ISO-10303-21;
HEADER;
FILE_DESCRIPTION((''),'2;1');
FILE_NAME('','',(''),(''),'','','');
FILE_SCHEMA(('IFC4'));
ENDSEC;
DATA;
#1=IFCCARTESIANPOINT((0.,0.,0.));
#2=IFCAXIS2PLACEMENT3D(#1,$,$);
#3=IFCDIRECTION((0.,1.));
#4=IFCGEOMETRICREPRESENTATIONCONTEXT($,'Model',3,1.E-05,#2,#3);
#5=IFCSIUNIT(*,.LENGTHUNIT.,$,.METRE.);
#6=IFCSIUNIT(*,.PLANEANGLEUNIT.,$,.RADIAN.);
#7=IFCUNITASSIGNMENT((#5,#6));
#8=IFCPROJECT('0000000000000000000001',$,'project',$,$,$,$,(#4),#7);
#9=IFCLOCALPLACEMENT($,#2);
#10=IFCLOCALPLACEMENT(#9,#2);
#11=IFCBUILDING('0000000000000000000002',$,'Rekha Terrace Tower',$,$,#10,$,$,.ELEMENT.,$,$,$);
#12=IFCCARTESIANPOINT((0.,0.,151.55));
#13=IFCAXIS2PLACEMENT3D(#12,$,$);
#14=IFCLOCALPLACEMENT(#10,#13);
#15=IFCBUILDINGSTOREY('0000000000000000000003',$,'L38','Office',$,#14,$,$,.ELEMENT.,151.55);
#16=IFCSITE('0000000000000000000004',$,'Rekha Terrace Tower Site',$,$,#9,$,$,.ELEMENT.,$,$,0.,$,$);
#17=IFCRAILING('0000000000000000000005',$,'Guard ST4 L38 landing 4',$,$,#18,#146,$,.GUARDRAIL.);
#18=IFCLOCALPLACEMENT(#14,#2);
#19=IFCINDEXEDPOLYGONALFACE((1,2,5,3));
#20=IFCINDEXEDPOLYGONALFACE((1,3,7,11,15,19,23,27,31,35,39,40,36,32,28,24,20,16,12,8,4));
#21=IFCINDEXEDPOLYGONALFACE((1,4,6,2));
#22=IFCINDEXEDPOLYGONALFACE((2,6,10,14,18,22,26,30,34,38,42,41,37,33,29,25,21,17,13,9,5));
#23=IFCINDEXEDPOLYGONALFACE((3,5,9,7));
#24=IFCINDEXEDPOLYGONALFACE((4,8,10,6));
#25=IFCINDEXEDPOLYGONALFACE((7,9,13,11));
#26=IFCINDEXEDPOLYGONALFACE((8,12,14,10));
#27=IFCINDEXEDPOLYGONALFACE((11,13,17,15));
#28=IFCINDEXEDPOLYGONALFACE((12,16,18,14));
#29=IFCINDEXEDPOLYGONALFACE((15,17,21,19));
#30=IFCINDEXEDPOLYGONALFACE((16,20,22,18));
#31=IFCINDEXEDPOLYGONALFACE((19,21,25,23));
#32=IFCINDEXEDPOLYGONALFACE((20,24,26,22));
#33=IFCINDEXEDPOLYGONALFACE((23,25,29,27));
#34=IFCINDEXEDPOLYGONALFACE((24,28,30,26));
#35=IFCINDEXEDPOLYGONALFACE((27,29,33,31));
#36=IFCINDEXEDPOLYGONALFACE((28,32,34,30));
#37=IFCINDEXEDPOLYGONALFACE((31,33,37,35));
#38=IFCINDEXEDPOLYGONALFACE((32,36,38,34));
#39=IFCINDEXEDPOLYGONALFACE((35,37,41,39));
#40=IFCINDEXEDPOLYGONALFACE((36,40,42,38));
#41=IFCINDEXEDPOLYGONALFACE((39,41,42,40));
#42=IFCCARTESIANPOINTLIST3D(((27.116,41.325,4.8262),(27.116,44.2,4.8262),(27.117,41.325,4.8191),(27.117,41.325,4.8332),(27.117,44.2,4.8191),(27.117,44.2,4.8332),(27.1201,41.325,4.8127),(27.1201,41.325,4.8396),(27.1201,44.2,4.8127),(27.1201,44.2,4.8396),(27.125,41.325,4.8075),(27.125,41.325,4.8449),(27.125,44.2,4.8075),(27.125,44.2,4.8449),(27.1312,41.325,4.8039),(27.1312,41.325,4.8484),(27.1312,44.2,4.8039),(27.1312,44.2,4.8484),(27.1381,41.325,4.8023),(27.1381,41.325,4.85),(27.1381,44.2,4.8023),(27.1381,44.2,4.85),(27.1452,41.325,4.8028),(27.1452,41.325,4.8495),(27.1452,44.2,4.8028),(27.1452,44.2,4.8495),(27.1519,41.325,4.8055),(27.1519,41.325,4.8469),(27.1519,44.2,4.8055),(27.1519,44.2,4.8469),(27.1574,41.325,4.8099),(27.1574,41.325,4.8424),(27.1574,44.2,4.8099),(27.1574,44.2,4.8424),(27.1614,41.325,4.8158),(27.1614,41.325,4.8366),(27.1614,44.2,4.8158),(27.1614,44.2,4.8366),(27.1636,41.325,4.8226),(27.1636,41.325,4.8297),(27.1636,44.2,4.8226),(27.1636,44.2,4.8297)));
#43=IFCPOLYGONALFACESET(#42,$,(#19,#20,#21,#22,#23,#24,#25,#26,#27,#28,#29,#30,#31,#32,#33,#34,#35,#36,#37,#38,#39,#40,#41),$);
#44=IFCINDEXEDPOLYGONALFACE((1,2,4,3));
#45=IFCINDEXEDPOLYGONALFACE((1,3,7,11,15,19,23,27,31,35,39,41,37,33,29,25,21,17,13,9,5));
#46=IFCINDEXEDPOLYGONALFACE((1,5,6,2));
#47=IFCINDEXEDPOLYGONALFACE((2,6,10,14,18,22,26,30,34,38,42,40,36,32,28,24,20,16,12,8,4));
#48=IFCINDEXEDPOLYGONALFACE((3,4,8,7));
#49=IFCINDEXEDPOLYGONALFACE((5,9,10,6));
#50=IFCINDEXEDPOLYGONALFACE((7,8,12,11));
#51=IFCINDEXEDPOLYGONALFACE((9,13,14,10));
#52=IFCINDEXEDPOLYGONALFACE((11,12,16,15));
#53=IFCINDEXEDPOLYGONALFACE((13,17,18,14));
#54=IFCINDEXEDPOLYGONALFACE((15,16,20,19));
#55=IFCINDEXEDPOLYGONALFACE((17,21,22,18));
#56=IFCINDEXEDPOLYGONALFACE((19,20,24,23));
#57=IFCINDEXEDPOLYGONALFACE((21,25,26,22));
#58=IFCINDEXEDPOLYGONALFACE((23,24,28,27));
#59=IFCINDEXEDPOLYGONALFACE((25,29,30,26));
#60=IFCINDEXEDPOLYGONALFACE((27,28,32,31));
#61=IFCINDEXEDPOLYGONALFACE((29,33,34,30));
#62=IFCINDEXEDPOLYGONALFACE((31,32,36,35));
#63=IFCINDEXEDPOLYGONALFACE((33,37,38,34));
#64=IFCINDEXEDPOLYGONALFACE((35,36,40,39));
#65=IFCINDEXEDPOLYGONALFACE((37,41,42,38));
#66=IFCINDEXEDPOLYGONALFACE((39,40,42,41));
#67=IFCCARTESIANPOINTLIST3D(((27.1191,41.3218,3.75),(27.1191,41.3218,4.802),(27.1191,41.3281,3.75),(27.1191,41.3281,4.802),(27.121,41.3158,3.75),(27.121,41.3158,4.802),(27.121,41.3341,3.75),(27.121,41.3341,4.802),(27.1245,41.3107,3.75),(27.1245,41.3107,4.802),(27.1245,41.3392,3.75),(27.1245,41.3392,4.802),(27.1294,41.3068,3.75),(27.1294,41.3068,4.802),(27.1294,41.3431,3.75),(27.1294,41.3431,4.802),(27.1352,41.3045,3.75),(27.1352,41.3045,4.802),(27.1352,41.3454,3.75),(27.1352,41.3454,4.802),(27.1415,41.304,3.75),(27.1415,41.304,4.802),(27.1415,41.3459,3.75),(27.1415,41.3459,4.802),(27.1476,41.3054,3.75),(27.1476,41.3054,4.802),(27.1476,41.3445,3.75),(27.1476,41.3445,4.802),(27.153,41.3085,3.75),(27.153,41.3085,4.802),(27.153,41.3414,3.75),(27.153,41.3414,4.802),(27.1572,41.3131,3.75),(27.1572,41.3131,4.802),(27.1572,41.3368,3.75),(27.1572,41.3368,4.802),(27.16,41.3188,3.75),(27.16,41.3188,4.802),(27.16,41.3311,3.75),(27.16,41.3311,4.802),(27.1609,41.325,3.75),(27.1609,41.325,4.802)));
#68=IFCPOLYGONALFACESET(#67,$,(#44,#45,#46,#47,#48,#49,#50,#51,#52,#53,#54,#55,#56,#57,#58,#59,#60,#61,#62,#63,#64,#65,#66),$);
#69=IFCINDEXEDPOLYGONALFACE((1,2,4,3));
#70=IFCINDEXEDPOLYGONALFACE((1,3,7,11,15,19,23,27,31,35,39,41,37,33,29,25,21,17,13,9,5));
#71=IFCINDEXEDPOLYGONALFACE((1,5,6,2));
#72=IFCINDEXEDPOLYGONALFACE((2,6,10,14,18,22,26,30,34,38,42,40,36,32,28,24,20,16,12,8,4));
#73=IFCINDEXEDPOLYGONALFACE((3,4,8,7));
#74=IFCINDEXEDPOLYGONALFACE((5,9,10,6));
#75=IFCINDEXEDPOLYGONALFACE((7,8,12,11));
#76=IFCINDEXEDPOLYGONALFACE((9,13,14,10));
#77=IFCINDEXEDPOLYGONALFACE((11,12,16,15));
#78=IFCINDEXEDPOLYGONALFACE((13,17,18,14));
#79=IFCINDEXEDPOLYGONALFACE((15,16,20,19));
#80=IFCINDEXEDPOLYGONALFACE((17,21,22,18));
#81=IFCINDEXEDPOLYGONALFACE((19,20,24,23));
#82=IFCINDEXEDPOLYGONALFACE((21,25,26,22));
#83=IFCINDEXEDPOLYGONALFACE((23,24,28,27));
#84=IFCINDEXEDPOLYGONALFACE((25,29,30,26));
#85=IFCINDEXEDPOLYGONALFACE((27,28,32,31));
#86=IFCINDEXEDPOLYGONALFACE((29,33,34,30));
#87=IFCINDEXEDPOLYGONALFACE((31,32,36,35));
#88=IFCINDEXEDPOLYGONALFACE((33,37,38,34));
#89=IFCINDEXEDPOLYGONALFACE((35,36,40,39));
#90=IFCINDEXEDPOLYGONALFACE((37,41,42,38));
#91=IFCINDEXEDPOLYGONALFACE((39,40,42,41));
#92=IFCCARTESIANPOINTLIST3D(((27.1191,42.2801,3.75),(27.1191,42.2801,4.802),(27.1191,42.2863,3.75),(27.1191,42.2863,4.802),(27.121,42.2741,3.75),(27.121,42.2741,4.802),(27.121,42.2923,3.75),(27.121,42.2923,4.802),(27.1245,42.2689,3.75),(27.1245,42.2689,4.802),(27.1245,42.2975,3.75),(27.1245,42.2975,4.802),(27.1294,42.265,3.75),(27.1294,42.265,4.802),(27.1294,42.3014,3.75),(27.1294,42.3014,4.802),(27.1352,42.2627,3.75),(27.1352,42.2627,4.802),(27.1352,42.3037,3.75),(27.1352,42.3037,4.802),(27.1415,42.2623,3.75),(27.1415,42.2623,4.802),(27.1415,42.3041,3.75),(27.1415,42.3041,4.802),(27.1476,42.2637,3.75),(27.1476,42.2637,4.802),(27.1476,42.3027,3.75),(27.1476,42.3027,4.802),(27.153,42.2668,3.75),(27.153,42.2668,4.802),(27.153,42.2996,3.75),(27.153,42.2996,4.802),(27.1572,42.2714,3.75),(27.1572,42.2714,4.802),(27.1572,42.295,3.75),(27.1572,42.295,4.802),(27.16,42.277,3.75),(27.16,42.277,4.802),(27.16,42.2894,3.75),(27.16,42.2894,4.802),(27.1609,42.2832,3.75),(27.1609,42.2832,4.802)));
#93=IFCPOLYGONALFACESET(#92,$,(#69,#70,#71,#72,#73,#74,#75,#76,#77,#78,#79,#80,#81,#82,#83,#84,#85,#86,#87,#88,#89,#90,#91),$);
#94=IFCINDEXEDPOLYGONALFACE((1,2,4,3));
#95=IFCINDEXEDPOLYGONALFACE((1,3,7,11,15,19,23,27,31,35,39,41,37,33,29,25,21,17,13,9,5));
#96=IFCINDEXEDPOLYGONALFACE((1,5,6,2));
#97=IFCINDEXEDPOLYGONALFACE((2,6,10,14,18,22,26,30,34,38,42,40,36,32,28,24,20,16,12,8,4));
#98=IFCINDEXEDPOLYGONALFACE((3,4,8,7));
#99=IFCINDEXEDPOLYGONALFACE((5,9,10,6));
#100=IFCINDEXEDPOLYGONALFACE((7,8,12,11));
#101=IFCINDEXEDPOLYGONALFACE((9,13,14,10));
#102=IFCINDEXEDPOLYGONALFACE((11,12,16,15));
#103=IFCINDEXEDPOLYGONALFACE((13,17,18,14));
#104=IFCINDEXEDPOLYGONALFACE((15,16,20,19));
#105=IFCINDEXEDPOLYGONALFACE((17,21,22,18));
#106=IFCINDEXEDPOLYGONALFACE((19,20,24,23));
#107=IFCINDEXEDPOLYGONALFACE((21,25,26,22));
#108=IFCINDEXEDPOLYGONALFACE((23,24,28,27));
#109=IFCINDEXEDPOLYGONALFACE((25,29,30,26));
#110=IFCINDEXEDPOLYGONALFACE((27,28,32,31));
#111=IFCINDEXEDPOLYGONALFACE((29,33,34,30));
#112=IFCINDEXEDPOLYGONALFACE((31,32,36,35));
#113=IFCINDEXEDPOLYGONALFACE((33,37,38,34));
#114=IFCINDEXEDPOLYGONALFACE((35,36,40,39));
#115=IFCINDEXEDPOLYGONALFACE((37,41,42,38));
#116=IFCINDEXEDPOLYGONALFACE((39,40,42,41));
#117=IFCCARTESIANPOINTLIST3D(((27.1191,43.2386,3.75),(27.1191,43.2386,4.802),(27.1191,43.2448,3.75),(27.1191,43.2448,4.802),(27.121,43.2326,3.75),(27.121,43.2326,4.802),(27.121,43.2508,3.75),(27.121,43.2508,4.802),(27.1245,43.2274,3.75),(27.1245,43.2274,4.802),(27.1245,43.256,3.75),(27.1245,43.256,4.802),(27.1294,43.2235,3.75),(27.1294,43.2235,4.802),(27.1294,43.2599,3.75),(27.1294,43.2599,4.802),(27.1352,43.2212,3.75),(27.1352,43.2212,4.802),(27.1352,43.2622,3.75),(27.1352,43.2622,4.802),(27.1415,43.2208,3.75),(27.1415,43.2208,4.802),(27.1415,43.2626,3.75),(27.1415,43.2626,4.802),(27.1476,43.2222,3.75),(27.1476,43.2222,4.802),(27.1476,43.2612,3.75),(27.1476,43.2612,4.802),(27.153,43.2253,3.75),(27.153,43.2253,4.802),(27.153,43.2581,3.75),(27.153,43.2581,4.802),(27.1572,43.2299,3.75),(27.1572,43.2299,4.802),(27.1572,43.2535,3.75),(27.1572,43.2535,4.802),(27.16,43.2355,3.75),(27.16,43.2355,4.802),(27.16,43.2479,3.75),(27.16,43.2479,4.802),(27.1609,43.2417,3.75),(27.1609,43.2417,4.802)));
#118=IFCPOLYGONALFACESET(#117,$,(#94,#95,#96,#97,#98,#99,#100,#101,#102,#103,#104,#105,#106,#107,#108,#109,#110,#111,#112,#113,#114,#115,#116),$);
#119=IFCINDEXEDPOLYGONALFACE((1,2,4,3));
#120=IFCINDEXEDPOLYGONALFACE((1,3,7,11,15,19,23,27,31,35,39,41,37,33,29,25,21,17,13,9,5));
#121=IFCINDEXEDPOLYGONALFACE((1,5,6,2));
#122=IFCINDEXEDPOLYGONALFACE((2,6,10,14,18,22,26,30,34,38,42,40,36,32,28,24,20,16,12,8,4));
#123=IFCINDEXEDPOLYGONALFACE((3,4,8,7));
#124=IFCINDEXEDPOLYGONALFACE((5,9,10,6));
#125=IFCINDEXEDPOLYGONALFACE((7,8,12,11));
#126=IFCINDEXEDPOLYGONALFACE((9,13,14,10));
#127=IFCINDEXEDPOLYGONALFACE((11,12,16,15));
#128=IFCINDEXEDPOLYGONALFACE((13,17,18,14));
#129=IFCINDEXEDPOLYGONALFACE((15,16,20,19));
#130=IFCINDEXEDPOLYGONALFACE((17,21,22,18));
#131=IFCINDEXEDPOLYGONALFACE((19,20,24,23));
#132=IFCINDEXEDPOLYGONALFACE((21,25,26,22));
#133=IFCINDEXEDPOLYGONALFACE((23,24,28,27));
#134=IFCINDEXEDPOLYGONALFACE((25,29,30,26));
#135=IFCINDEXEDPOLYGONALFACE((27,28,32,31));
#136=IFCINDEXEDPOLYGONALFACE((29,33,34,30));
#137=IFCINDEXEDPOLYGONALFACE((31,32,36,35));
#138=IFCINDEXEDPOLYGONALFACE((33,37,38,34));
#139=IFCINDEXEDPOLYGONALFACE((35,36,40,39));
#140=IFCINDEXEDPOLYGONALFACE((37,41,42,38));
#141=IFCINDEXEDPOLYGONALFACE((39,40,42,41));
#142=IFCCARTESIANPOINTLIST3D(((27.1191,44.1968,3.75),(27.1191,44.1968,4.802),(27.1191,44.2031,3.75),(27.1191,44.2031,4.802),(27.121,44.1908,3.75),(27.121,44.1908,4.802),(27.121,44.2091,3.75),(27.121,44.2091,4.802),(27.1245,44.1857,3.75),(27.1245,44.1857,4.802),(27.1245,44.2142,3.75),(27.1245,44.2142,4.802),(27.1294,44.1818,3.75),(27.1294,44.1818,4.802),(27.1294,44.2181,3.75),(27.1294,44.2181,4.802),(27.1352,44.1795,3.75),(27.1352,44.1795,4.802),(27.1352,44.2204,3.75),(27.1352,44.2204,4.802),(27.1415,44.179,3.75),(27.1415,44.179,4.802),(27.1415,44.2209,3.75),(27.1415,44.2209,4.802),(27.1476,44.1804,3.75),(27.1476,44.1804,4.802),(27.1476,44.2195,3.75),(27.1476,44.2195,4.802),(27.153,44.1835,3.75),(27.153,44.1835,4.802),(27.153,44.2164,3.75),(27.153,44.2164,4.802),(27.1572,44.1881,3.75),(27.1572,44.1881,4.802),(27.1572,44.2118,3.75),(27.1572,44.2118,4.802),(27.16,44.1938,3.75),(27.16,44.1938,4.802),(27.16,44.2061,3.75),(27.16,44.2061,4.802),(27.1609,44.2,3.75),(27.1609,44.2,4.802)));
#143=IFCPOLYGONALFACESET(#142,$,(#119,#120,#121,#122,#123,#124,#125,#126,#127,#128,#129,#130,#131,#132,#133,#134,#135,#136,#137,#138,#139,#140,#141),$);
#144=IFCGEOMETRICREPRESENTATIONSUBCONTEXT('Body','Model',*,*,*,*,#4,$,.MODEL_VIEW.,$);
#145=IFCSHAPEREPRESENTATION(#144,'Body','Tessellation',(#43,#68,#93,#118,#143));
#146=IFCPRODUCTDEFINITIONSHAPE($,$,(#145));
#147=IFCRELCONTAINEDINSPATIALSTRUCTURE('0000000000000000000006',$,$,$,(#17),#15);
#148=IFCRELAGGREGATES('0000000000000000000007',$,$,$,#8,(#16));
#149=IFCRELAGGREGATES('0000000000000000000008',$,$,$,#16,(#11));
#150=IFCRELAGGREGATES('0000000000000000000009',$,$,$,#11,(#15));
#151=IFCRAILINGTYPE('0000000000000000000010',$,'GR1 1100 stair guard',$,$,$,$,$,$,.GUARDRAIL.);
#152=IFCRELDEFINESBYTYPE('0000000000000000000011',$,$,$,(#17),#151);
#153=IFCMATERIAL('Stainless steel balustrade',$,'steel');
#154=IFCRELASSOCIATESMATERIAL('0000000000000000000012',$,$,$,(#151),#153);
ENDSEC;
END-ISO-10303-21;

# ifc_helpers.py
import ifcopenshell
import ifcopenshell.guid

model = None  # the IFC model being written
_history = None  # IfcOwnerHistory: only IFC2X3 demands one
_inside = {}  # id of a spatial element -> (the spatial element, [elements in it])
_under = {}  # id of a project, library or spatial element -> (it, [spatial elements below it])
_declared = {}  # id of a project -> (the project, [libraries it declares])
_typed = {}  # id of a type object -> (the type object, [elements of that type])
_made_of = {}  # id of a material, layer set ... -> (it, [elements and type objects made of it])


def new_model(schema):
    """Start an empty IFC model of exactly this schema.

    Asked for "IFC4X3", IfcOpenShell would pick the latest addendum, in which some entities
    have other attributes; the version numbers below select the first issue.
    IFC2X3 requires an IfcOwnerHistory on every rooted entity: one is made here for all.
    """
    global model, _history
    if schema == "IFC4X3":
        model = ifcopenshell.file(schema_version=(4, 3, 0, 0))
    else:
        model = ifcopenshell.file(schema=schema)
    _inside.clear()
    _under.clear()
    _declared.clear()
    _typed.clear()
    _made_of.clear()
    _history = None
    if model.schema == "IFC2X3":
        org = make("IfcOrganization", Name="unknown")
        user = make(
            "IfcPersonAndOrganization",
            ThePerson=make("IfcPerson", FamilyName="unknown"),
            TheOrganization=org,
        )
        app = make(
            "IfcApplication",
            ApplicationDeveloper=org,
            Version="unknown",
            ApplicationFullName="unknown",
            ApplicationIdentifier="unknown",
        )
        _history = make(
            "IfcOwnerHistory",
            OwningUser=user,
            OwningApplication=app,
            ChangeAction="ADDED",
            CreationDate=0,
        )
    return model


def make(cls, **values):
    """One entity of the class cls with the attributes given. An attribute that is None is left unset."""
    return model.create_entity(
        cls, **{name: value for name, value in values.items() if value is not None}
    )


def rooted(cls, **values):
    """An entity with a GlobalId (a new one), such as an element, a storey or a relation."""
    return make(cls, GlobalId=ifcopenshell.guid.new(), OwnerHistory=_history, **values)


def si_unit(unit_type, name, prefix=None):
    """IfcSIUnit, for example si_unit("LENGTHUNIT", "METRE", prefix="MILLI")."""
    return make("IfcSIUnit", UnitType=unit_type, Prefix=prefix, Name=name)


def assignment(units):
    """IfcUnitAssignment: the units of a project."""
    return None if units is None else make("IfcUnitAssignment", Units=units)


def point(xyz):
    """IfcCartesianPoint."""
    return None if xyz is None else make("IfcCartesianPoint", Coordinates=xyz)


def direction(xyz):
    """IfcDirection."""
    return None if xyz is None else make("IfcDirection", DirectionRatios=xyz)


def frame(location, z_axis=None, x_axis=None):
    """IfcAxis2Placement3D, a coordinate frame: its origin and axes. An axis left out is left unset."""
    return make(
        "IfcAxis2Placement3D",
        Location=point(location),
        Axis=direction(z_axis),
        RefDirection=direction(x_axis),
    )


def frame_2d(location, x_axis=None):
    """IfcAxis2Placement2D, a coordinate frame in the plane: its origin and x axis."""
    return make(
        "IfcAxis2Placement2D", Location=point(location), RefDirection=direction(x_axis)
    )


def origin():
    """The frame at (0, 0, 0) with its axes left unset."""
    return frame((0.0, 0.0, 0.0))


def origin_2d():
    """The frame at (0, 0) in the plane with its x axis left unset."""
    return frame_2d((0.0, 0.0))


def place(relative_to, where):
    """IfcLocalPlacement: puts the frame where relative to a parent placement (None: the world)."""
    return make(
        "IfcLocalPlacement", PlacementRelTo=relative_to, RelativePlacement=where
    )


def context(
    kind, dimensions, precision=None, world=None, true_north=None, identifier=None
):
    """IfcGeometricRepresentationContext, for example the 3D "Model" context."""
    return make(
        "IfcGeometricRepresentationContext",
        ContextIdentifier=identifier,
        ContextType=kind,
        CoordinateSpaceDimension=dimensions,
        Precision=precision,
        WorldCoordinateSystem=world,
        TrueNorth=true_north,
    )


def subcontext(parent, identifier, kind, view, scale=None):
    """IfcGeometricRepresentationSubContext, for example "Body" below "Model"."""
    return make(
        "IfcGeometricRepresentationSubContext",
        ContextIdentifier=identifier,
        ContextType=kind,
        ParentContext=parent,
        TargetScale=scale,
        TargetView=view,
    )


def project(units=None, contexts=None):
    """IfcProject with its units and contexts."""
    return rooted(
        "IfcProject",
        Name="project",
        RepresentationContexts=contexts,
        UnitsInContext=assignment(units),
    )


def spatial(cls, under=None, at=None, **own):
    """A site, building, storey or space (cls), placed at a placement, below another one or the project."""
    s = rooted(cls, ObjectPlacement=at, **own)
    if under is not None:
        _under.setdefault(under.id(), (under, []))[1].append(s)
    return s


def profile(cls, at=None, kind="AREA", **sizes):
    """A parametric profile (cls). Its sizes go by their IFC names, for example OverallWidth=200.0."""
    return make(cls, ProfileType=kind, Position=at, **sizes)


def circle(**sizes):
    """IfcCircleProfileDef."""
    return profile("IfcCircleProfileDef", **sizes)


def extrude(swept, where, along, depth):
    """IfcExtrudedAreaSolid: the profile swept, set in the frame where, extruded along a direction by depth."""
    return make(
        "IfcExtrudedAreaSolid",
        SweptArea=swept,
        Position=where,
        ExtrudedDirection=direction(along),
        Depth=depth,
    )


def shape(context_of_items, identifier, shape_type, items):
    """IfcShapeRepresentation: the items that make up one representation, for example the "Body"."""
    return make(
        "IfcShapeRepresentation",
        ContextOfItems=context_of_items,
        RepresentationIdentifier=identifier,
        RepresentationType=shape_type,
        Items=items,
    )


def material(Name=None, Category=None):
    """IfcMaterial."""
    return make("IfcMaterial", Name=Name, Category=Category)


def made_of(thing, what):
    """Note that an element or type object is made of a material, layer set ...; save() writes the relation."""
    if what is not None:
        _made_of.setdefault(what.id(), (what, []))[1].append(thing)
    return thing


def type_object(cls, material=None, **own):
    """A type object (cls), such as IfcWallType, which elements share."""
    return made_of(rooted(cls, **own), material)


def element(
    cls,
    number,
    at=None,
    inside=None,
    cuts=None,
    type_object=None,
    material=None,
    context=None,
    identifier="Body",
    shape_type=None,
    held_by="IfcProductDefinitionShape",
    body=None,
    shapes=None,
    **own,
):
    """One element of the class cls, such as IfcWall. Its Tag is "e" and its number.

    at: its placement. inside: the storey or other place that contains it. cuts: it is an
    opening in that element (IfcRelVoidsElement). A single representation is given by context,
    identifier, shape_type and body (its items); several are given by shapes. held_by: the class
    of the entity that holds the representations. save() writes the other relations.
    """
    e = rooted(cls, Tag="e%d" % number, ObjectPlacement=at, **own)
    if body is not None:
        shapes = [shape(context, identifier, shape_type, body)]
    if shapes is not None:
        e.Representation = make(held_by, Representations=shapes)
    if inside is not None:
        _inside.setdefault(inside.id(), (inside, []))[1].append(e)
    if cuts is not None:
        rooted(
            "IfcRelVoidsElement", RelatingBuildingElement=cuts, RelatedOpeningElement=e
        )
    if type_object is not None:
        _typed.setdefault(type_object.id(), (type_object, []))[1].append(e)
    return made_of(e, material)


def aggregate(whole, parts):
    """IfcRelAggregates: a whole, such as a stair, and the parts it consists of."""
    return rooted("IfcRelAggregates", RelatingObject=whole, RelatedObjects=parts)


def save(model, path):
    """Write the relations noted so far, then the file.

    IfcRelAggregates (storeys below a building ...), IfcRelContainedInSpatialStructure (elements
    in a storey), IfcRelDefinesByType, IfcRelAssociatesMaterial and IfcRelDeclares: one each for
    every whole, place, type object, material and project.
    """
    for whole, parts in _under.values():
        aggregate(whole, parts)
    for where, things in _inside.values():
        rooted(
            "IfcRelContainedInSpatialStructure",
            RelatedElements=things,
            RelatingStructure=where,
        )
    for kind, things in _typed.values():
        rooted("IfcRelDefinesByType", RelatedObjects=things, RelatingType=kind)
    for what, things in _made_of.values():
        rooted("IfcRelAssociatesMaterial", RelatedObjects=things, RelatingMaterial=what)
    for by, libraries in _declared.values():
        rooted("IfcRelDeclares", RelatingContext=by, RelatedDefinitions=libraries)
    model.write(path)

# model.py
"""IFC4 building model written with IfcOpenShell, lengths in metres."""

from ifc_helpers import new_model, si_unit, direction, frame, origin, origin_2d, place, context, subcontext, project, spatial, circle, extrude, material, type_object, element, save


model = new_model("IFC4")

# Units and contexts
model_context = context("Model", 3, precision=1e-05, world=origin(), true_north=direction((0.0, 1.0)))
body_context = subcontext(model_context, "Body", "Model", "MODEL_VIEW")
ifc_project = project(units=[si_unit("LENGTHUNIT", "METRE"), si_unit("PLANEANGLEUNIT", "RADIAN")], contexts=[model_context])

# Site, building, storey
site_placement = place(None, origin())
site = spatial("IfcSite", under=ifc_project, at=site_placement, Name="Rekha Terrace Tower Site", CompositionType="ELEMENT", RefElevation=0.0)
building_placement = place(site_placement, origin())
building = spatial("IfcBuilding", under=site, at=building_placement, Name="Rekha Terrace Tower", CompositionType="ELEMENT")
storey_placement = place(building_placement, frame((0.0, 0.0, 151.55)))
storey = spatial("IfcBuildingStorey", under=building, at=storey_placement, Name="L38", Description="Office", CompositionType="ELEMENT", Elevation=151.55)

# Railing
ifc_material_1 = material(Name="Stainless steel balustrade", Category="steel")
railing_type_1 = type_object("IfcRailingType", Name="GR1 1100 stair guard", PredefinedType="GUARDRAIL", material=ifc_material_1)
railing_1_placement = place(storey_placement, frame((27.1399, 41.325, 3.75)))
element("IfcRailing", 1, at=railing_1_placement, inside=storey, type_object=railing_type_1, Name="Guard ST4 L38 landing 4", PredefinedType="GUARDRAIL", context=body_context, shape_type="SweptSolid", body=[
    extrude(circle(Radius=0.0239, at=origin_2d()), frame((0.0, 0.0, 1.0762), z_axis=(0.0, 1.0, 0.0), x_axis=(-1.0, 0.0, 0.0)), (0.0, 0.0, 1.0), 2.875),
    extrude(circle(Radius=0.021, at=origin_2d()), origin(), (0.0, 0.0, 1.0), 1.052),
    extrude(circle(Radius=0.021, at=origin_2d()), frame((0.0, 0.9583, 0.0)), (0.0, 0.0, 1.0), 1.052),
    extrude(circle(Radius=0.021, at=origin_2d()), frame((0.0, 1.9167, 0.0)), (0.0, 0.0, 1.0), 1.052),
    extrude(circle(Radius=0.021, at=origin_2d()), frame((0.0, 2.875, 0.0)), (0.0, 0.0, 1.0), 1.052),
])

save(model, "model.ifc")
